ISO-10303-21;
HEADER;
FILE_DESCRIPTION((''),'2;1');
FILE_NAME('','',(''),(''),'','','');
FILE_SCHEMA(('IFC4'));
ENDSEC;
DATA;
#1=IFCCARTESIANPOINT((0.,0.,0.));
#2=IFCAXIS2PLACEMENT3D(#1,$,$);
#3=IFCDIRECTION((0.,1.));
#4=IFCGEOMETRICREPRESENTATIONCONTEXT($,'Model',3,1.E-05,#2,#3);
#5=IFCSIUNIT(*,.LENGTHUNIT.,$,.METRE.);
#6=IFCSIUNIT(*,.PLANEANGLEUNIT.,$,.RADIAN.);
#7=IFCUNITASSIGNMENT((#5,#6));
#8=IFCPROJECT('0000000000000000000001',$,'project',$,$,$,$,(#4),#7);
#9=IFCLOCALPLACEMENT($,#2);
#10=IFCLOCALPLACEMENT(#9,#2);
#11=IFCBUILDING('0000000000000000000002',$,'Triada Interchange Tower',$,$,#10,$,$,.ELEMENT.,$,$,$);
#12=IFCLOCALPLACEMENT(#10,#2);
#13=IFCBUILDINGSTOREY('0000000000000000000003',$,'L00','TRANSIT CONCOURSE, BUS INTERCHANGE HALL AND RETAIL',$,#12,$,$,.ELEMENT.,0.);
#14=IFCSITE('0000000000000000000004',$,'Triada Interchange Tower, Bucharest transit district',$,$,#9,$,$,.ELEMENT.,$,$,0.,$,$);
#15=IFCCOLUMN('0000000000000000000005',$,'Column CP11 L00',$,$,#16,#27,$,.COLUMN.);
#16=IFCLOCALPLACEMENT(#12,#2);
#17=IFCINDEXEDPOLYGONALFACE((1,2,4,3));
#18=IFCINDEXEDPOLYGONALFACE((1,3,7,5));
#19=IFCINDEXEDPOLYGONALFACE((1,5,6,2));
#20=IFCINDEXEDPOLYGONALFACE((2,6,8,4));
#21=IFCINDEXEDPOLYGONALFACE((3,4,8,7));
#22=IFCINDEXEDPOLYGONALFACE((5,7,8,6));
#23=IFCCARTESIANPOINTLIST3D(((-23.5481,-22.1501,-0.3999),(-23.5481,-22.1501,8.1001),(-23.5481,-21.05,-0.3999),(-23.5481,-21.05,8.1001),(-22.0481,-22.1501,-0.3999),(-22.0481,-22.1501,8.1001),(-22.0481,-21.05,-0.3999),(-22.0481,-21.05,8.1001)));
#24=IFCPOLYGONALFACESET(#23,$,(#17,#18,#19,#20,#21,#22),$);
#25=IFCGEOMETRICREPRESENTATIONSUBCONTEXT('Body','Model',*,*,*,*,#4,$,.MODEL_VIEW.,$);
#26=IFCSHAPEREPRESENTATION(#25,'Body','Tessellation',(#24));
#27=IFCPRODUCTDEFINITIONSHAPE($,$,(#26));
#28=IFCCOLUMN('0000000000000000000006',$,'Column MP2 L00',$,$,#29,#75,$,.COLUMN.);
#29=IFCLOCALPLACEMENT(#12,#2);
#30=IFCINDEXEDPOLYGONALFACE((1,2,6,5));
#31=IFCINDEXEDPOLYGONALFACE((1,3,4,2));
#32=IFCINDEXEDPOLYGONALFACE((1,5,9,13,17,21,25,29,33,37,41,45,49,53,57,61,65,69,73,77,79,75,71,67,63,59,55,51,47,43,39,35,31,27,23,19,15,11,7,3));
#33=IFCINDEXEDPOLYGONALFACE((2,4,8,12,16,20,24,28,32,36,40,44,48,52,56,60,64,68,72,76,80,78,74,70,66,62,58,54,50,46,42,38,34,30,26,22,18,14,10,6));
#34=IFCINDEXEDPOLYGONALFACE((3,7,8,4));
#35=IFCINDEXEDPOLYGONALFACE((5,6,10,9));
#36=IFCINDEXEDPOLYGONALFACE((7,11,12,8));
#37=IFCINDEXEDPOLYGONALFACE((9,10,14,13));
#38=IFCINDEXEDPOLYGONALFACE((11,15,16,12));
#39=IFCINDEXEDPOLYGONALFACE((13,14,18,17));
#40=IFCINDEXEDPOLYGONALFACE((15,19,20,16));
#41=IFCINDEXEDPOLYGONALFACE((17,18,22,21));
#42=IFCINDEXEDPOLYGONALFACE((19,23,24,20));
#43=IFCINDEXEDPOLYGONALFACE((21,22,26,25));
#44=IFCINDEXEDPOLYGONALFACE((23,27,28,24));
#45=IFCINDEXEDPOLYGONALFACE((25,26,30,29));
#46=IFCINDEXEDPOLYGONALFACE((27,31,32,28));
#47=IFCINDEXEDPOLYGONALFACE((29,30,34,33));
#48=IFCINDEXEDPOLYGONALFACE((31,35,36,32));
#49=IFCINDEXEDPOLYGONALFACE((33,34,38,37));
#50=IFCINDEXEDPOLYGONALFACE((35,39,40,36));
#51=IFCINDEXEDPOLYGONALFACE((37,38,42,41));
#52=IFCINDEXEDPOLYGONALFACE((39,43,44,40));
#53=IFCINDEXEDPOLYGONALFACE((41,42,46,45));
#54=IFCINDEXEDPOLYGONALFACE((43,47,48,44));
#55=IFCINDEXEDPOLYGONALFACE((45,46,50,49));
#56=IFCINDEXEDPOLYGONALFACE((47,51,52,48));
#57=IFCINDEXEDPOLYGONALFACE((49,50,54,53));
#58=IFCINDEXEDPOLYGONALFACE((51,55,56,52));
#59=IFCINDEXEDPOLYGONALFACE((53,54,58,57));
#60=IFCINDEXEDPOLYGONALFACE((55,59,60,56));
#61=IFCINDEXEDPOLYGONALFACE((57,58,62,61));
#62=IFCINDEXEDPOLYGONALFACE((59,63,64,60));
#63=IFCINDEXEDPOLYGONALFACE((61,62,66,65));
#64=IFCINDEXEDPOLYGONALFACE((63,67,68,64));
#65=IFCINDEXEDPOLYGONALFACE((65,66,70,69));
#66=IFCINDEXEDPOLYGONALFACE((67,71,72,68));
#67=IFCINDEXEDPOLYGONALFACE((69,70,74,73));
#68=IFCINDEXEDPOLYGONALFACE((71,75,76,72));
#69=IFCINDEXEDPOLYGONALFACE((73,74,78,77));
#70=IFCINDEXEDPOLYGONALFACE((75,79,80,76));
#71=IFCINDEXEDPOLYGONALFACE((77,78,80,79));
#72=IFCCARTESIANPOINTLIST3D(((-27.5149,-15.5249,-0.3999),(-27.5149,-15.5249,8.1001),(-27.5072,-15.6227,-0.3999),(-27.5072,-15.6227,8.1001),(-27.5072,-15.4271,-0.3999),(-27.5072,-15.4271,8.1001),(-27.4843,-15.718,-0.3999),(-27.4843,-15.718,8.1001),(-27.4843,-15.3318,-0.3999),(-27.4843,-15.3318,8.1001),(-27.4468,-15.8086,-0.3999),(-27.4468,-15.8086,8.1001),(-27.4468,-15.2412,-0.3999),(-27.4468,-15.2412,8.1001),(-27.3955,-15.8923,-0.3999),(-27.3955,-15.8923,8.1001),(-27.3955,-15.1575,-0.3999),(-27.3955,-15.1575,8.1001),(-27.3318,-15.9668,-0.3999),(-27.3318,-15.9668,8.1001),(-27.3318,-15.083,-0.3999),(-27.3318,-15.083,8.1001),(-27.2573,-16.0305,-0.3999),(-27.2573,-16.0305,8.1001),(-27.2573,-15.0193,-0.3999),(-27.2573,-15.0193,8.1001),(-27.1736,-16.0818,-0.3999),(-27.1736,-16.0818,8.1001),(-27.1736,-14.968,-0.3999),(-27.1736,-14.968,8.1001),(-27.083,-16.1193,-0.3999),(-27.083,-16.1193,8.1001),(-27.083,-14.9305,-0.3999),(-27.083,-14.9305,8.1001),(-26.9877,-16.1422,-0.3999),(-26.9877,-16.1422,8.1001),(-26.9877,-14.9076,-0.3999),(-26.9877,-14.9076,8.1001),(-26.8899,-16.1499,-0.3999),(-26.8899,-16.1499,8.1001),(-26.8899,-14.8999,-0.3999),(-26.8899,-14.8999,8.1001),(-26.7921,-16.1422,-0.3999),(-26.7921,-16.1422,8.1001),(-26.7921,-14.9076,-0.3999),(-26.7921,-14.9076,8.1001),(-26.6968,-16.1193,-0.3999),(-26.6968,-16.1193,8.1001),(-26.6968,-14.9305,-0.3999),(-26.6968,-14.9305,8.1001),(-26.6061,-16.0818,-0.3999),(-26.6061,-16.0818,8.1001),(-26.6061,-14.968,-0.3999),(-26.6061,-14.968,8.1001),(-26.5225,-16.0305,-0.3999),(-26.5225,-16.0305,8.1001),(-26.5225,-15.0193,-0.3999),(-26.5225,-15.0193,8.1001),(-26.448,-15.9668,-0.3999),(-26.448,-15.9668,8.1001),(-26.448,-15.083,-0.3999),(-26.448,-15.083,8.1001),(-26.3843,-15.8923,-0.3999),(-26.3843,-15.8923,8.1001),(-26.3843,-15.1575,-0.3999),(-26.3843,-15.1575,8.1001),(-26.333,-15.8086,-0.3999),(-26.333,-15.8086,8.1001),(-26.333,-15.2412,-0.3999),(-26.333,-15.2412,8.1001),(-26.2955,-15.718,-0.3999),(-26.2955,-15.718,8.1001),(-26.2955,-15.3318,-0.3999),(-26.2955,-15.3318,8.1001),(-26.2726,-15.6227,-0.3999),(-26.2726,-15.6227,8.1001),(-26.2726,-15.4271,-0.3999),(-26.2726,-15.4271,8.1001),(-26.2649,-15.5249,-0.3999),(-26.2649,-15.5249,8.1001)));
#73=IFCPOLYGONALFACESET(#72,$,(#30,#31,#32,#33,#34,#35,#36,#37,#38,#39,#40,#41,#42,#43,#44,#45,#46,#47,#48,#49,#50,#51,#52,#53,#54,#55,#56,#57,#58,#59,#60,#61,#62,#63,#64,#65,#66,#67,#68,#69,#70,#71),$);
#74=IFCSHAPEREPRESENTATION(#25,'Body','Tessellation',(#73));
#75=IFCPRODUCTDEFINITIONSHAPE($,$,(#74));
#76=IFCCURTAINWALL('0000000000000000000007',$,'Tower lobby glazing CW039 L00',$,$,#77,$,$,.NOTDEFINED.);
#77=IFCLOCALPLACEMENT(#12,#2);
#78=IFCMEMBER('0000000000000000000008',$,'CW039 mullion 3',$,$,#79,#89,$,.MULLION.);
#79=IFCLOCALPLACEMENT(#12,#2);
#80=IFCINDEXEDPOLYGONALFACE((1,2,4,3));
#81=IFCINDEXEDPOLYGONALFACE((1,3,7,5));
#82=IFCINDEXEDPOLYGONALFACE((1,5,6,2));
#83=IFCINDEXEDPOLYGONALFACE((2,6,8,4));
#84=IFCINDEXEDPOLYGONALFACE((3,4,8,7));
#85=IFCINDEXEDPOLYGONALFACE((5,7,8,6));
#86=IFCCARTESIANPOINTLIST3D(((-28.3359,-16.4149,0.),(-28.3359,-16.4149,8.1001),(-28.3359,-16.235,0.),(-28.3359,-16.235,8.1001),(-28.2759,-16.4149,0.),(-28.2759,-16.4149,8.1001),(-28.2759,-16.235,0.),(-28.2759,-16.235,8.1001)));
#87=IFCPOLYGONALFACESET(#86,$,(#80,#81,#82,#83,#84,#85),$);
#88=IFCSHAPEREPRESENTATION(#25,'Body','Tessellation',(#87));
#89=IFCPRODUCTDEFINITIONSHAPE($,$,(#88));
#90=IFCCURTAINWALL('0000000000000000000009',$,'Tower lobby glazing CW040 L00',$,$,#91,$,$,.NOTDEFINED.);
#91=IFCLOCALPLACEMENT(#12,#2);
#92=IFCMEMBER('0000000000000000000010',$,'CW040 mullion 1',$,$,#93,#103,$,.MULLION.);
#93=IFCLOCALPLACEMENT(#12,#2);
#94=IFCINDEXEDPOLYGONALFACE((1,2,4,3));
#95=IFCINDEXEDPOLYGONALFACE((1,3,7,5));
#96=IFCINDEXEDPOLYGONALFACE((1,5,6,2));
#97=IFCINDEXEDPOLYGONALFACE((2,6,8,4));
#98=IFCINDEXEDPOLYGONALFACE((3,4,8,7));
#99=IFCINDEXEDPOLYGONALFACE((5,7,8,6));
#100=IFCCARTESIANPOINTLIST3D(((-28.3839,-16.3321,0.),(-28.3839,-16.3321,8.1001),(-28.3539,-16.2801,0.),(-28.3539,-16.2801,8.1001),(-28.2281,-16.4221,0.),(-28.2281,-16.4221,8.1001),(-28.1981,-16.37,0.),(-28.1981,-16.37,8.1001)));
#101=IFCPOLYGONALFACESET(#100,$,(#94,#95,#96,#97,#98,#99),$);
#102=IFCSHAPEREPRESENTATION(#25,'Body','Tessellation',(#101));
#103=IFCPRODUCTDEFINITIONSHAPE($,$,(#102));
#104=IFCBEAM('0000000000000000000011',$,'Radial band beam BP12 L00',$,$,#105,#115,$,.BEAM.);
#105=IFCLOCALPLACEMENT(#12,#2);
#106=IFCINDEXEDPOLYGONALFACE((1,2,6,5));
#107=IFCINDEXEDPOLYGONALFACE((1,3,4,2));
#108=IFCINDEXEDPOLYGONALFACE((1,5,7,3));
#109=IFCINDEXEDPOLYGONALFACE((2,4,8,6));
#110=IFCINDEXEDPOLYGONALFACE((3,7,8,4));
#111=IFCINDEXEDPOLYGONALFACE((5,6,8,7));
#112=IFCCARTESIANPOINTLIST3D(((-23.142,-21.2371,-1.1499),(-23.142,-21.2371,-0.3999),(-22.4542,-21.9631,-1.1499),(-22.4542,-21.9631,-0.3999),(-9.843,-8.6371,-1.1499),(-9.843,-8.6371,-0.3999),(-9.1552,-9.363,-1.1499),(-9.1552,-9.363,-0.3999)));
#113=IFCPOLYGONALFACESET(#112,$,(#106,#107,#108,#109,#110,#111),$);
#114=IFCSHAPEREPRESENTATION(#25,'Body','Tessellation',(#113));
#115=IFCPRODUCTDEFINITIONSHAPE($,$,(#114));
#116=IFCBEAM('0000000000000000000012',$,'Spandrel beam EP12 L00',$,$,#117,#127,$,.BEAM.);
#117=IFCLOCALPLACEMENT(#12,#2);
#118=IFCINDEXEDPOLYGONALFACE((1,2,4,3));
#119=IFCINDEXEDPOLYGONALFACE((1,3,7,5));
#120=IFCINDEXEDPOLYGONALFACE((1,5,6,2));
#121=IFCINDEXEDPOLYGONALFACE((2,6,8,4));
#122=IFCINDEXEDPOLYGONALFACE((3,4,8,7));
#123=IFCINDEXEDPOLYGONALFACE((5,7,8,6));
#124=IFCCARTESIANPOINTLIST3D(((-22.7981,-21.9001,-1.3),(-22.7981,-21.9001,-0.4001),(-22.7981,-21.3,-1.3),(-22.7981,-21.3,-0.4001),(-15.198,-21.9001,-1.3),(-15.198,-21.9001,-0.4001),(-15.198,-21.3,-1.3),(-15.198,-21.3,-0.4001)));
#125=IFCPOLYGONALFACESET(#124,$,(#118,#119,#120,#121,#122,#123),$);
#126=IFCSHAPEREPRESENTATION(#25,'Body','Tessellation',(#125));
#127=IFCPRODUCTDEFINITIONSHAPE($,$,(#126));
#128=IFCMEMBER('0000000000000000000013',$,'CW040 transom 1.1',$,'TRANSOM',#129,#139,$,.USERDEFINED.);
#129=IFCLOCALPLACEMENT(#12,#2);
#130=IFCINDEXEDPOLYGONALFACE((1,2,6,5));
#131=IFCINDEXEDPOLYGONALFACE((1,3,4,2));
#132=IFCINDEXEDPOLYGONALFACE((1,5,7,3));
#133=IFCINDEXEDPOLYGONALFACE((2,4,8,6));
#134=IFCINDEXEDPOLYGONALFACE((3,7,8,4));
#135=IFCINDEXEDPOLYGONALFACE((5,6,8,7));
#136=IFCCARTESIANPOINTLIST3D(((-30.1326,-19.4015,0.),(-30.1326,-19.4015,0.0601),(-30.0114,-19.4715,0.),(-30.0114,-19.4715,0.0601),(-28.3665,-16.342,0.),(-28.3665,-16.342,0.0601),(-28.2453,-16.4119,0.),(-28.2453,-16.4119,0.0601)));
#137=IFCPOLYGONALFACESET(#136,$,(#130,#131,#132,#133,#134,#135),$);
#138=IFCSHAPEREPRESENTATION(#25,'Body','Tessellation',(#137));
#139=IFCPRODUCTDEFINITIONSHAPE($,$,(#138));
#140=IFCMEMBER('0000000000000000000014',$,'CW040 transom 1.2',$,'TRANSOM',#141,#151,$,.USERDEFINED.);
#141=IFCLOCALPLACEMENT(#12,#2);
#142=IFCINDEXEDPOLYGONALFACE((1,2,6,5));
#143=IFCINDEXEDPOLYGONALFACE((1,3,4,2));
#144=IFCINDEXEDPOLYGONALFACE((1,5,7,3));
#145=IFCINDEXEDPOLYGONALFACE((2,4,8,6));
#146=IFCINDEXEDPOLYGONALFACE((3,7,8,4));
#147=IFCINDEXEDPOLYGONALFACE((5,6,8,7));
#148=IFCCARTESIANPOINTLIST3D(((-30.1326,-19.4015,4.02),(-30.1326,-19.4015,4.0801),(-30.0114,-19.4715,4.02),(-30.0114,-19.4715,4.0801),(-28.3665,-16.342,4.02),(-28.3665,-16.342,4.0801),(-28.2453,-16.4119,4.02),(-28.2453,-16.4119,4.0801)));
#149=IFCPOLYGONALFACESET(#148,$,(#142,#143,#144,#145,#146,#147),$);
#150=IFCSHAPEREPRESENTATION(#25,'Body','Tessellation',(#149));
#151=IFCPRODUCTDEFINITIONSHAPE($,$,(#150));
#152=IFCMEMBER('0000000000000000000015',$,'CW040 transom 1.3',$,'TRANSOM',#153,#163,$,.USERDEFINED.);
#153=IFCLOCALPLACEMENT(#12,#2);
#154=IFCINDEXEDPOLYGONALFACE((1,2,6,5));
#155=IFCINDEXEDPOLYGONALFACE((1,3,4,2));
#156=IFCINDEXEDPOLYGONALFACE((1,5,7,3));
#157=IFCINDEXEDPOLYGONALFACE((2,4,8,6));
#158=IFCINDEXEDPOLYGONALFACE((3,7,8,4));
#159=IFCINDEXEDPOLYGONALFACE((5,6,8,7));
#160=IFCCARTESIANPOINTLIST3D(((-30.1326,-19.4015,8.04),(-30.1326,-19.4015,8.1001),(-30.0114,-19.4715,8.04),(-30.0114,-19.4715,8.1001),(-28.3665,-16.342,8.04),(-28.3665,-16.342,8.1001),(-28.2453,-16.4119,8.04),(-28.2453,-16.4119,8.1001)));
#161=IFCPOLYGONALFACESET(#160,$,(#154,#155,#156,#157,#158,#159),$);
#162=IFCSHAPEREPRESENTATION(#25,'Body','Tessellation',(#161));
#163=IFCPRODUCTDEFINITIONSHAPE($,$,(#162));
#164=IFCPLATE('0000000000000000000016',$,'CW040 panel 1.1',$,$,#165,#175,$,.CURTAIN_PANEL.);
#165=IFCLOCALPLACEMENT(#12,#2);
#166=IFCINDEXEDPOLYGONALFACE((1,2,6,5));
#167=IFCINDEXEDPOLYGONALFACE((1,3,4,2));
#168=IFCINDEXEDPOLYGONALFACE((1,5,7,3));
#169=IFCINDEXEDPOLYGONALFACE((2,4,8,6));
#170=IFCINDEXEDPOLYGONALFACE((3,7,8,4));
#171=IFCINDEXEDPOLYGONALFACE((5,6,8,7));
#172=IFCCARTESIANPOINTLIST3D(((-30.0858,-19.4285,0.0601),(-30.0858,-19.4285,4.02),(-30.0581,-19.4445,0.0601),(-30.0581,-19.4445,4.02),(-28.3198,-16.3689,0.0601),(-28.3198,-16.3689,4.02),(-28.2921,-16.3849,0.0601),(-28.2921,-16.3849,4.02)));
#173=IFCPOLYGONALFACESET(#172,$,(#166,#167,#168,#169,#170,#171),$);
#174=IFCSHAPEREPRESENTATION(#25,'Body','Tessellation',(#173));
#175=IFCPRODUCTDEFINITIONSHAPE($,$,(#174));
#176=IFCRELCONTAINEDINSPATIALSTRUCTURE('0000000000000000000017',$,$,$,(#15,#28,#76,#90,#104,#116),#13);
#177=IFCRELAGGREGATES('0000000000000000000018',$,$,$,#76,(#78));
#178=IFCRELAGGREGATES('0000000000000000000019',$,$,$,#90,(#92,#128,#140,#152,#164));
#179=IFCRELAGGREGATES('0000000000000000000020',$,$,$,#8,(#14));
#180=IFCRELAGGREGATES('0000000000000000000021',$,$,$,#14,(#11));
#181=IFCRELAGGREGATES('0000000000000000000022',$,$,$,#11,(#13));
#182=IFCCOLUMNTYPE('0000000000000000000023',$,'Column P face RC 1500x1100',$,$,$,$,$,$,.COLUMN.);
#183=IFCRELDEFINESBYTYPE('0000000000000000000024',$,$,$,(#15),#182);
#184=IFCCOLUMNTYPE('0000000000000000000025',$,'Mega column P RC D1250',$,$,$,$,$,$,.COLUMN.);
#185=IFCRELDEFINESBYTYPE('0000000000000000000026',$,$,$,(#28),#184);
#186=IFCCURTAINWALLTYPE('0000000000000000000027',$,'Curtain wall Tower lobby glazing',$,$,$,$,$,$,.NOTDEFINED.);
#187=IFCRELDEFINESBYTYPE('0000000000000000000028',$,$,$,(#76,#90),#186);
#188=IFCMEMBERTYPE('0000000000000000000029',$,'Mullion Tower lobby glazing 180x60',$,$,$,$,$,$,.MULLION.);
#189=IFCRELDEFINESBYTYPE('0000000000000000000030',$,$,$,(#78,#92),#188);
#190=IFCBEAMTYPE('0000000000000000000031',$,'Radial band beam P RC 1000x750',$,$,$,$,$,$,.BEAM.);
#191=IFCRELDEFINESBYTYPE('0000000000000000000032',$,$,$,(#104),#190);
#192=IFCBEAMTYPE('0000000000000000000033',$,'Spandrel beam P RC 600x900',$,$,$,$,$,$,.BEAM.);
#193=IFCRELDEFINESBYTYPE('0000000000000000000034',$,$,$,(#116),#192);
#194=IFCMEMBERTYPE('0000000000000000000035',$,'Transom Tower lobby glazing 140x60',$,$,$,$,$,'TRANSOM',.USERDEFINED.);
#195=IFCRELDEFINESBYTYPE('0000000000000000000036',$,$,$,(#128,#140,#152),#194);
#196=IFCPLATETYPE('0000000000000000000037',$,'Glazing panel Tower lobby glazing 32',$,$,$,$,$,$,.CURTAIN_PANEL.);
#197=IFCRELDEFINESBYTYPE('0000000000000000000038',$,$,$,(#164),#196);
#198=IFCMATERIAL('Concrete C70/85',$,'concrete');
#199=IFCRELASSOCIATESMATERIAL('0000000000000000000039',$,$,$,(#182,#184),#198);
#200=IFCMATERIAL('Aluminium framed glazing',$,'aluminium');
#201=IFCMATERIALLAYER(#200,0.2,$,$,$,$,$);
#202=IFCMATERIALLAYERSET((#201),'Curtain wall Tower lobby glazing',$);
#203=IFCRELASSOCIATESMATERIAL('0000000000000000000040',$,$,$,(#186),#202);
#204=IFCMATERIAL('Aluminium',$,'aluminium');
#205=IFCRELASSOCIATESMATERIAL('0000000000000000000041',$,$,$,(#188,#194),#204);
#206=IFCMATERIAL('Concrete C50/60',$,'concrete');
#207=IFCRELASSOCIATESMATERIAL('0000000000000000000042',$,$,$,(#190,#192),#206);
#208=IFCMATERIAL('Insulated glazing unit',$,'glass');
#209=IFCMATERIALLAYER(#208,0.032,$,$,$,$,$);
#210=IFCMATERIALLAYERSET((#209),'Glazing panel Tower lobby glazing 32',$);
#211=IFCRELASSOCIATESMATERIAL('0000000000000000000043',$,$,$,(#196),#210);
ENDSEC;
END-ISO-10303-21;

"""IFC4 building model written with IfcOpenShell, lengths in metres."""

from ifc_helpers import new_model, si_unit, direction, frame, origin, origin_2d, place, context, subcontext, project, spatial, rectangle, circle, extrude, material, layer, layer_set, material_profile, profile_set, type_object, element, aggregate, save


model = new_model("IFC4")

# Units and contexts
model_context = context("Model", 3, precision=1e-05, world=origin(), true_north=direction((0.0, 1.0)))
body_context = subcontext(model_context, "Body", "Model", "MODEL_VIEW")
ifc_project = project(units=[si_unit("LENGTHUNIT", "METRE"), si_unit("PLANEANGLEUNIT", "RADIAN")], contexts=[model_context])

# Site, building, storey
site_placement = place(None, origin())
site = spatial("IfcSite", under=ifc_project, at=site_placement, Name="Triada Interchange Tower, Bucharest transit district", CompositionType="ELEMENT", RefElevation=0.0)
building_placement = place(site_placement, origin())
building = spatial("IfcBuilding", under=site, at=building_placement, Name="Triada Interchange Tower", CompositionType="ELEMENT")
storey_placement = place(building_placement, origin())
storey = spatial("IfcBuildingStorey", under=building, at=storey_placement, Name="L00", Description="TRANSIT CONCOURSE, BUS INTERCHANGE HALL AND RETAIL", CompositionType="ELEMENT", Elevation=0.0)

# Columns
ifc_material_1 = material(Name="Concrete C70/85", Category="concrete")
ifc_material_profile_1 = material_profile(ifc_material_1, rectangle(XDim=1.5, YDim=1.1001, at=origin_2d()), Name="RC 1500x1100")
ifc_profile_set_1 = profile_set([ifc_material_profile_1], Name="Concrete C70/85")
column_type_1 = type_object("IfcColumnType", Name="Column P face RC 1500x1100", PredefinedType="COLUMN", material=ifc_profile_set_1)
column_1_placement = place(storey_placement, frame((-22.7981, -21.6001, -0.3999), z_axis=(0.0, 0.0, 1.0), x_axis=(1.0, 0.0, 0.0)))
element("IfcColumn", 1, at=column_1_placement, inside=storey, type_object=column_type_1, Name="Column CP11 L00", PredefinedType="COLUMN", context=body_context, shape_type="SweptSolid", body=[
    extrude(rectangle(XDim=1.5, YDim=1.1001, at=origin_2d()), origin(), (0.0, 0.0, 1.0), 8.5),
])
ifc_material_profile_2 = material_profile(ifc_material_1, circle(Radius=0.625, at=origin_2d()), Name="RC D1250")
ifc_profile_set_2 = profile_set([ifc_material_profile_2], Name="Concrete C70/85")
column_type_2 = type_object("IfcColumnType", Name="Mega column P RC D1250", PredefinedType="COLUMN", material=ifc_profile_set_2)
column_2_placement = place(storey_placement, frame((-26.8899, -15.5249, -0.3999), z_axis=(0.0, 0.0, 1.0), x_axis=(1.0, 0.0, 0.0)))
element("IfcColumn", 2, at=column_2_placement, inside=storey, type_object=column_type_2, Name="Column MP2 L00", PredefinedType="COLUMN", context=body_context, shape_type="SweptSolid", body=[
    extrude(circle(Radius=0.625, at=origin_2d()), origin(), (0.0, 0.0, 1.0), 8.5),
])

# Curtain walls, members
ifc_material_2 = material(Name="Aluminium framed glazing", Category="aluminium")
ifc_layer_1 = layer(ifc_material_2, 0.2)
ifc_layer_set_1 = layer_set([ifc_layer_1], Name="Curtain wall Tower lobby glazing")
curtain_wall_type = type_object("IfcCurtainWallType", Name="Curtain wall Tower lobby glazing", PredefinedType="NOTDEFINED", material=ifc_layer_set_1)
curtain_wall_1_placement = place(storey_placement, origin())
curtain_wall_1 = element("IfcCurtainWall", 3, at=curtain_wall_1_placement, inside=storey, type_object=curtain_wall_type, Name="Tower lobby glazing CW039 L00", PredefinedType="NOTDEFINED")
ifc_material_3 = material(Name="Aluminium", Category="aluminium")
ifc_material_profile_3 = material_profile(ifc_material_3, rectangle(XDim=0.1799, YDim=0.0601, at=origin_2d()), Name="Aluminium mullion")
ifc_profile_set_3 = profile_set([ifc_material_profile_3], Name="Aluminium")
member_type_1 = type_object("IfcMemberType", Name="Mullion Tower lobby glazing 180x60", PredefinedType="MULLION", material=ifc_profile_set_3)
member_1_placement = place(storey_placement, frame((-28.3059, -16.325, 0.0), z_axis=(0.0, 0.0, 1.0), x_axis=(0.0, 1.0, 0.0)))
member_1 = element("IfcMember", 4, at=member_1_placement, type_object=member_type_1, Name="CW039 mullion 3", PredefinedType="MULLION", context=body_context, shape_type="SweptSolid", body=[
    extrude(rectangle(XDim=0.1799, YDim=0.0601, at=origin_2d()), origin(), (0.0, 0.0, 1.0), 8.1001),
])
aggregate(curtain_wall_1, [member_1])
curtain_wall_2_placement = place(storey_placement, origin())
curtain_wall_2 = element("IfcCurtainWall", 5, at=curtain_wall_2_placement, inside=storey, type_object=curtain_wall_type, Name="Tower lobby glazing CW040 L00", PredefinedType="NOTDEFINED")
member_2_placement = place(storey_placement, frame((-28.291, -16.3511, 0.0), z_axis=(0.0, 0.0, 1.0), x_axis=(0.866078, -0.49991, 0.0)))
member_2 = element("IfcMember", 6, at=member_2_placement, type_object=member_type_1, Name="CW040 mullion 1", PredefinedType="MULLION", context=body_context, shape_type="SweptSolid", body=[
    extrude(rectangle(XDim=0.1799, YDim=0.0601, at=origin_2d()), origin(), (0.0, 0.0, 1.0), 8.1001),
])

# Beams
ifc_material_4 = material(Name="Concrete C50/60", Category="concrete")
ifc_material_profile_4 = material_profile(ifc_material_4, rectangle(XDim=1.0, YDim=0.75, at=origin_2d()), Name="RC 1000x750")
ifc_profile_set_4 = profile_set([ifc_material_profile_4], Name="Concrete C50/60")
beam_type_1 = type_object("IfcBeamType", Name="Radial band beam P RC 1000x750", PredefinedType="BEAM", material=ifc_profile_set_4)
beam_1_placement = place(storey_placement, frame((-22.7981, -21.6001, -0.7749), z_axis=(0.725926, 0.687773, 0.0), x_axis=(-0.687773, 0.725926, 0.0)))
element("IfcBeam", 7, at=beam_1_placement, inside=storey, type_object=beam_type_1, Name="Radial band beam BP12 L00", PredefinedType="BEAM", context=body_context, shape_type="SweptSolid", body=[
    extrude(rectangle(XDim=1.0, YDim=0.75, at=origin_2d()), origin(), (0.0, 0.0, 1.0), 18.3201),
])
ifc_material_profile_5 = material_profile(ifc_material_4, rectangle(XDim=0.6001, YDim=0.8999, at=origin_2d()), Name="RC 600x900")
ifc_profile_set_5 = profile_set([ifc_material_profile_5], Name="Concrete C50/60")
beam_type_2 = type_object("IfcBeamType", Name="Spandrel beam P RC 600x900", PredefinedType="BEAM", material=ifc_profile_set_5)
beam_2_placement = place(storey_placement, frame((-22.7981, -21.6001, -0.8501), z_axis=(1.0, 0.0, 0.0), x_axis=(0.0, 1.0, 0.0)))
element("IfcBeam", 8, at=beam_2_placement, inside=storey, type_object=beam_type_2, Name="Spandrel beam EP12 L00", PredefinedType="BEAM", context=body_context, shape_type="SweptSolid", body=[
    extrude(rectangle(XDim=0.6001, YDim=0.8999, at=origin_2d()), origin(), (0.0, 0.0, 1.0), 7.6001),
])

# Members
ifc_material_profile_6 = material_profile(ifc_material_3, rectangle(XDim=0.1399, YDim=0.0601, at=origin_2d()), Name="Aluminium transom")
ifc_profile_set_6 = profile_set([ifc_material_profile_6], Name="Aluminium")
member_type_2 = type_object("IfcMemberType", Name="Transom Tower lobby glazing 140x60", ElementType="TRANSOM", PredefinedType="USERDEFINED", material=ifc_profile_set_6)
member_3_placement = place(storey_placement, frame((-28.3059, -16.377, 0.03), z_axis=(-0.49993, -0.866066, 0.0), x_axis=(0.866066, -0.49993, 0.0)))
member_3 = element("IfcMember", 9, at=member_3_placement, type_object=member_type_2, Name="CW040 transom 1.1", ObjectType="TRANSOM", PredefinedType="USERDEFINED", context=body_context, shape_type="SweptSolid", body=[
    extrude(rectangle(XDim=0.1399, YDim=0.0601, at=origin_2d()), origin(), (0.0, 0.0, 1.0), 3.5327),
])
member_4_placement = place(storey_placement, frame((-28.3059, -16.377, 4.05), z_axis=(-0.49993, -0.866066, 0.0), x_axis=(0.866066, -0.49993, 0.0)))
member_4 = element("IfcMember", 10, at=member_4_placement, type_object=member_type_2, Name="CW040 transom 1.2", ObjectType="TRANSOM", PredefinedType="USERDEFINED", context=body_context, shape_type="SweptSolid", body=[
    extrude(rectangle(XDim=0.1399, YDim=0.0601, at=origin_2d()), origin(), (0.0, 0.0, 1.0), 3.5327),
])
member_5_placement = place(storey_placement, frame((-28.3059, -16.377, 8.0701), z_axis=(-0.49993, -0.866066, 0.0), x_axis=(0.866066, -0.49993, 0.0)))
member_5 = element("IfcMember", 11, at=member_5_placement, type_object=member_type_2, Name="CW040 transom 1.3", ObjectType="TRANSOM", PredefinedType="USERDEFINED", context=body_context, shape_type="SweptSolid", body=[
    extrude(rectangle(XDim=0.1399, YDim=0.0601, at=origin_2d()), origin(), (0.0, 0.0, 1.0), 3.5327),
])

# Plate
ifc_material_5 = material(Name="Insulated glazing unit", Category="glass")
ifc_layer_2 = layer(ifc_material_5, 0.032)
ifc_layer_set_2 = layer_set([ifc_layer_2], Name="Glazing panel Tower lobby glazing 32")
plate_type = type_object("IfcPlateType", Name="Glazing panel Tower lobby glazing 32", PredefinedType="CURTAIN_PANEL", material=ifc_layer_set_2)
plate_1_placement = place(storey_placement, frame((-29.189, -17.9067, 0.0601), z_axis=(0.0, 0.0, 1.0), x_axis=(-0.49991, -0.866078, 0.0)))
plate_1 = element("IfcPlate", 12, at=plate_1_placement, type_object=plate_type, Name="CW040 panel 1.1", PredefinedType="CURTAIN_PANEL", context=body_context, shape_type="SweptSolid", body=[
    extrude(rectangle(XDim=3.5327, YDim=0.032, at=origin_2d()), origin(), (0.0, 0.0, 1.0), 3.96),
])
aggregate(curtain_wall_2, [member_2, member_3, member_4, member_5, plate_1])

save(model, "model.ifc")
